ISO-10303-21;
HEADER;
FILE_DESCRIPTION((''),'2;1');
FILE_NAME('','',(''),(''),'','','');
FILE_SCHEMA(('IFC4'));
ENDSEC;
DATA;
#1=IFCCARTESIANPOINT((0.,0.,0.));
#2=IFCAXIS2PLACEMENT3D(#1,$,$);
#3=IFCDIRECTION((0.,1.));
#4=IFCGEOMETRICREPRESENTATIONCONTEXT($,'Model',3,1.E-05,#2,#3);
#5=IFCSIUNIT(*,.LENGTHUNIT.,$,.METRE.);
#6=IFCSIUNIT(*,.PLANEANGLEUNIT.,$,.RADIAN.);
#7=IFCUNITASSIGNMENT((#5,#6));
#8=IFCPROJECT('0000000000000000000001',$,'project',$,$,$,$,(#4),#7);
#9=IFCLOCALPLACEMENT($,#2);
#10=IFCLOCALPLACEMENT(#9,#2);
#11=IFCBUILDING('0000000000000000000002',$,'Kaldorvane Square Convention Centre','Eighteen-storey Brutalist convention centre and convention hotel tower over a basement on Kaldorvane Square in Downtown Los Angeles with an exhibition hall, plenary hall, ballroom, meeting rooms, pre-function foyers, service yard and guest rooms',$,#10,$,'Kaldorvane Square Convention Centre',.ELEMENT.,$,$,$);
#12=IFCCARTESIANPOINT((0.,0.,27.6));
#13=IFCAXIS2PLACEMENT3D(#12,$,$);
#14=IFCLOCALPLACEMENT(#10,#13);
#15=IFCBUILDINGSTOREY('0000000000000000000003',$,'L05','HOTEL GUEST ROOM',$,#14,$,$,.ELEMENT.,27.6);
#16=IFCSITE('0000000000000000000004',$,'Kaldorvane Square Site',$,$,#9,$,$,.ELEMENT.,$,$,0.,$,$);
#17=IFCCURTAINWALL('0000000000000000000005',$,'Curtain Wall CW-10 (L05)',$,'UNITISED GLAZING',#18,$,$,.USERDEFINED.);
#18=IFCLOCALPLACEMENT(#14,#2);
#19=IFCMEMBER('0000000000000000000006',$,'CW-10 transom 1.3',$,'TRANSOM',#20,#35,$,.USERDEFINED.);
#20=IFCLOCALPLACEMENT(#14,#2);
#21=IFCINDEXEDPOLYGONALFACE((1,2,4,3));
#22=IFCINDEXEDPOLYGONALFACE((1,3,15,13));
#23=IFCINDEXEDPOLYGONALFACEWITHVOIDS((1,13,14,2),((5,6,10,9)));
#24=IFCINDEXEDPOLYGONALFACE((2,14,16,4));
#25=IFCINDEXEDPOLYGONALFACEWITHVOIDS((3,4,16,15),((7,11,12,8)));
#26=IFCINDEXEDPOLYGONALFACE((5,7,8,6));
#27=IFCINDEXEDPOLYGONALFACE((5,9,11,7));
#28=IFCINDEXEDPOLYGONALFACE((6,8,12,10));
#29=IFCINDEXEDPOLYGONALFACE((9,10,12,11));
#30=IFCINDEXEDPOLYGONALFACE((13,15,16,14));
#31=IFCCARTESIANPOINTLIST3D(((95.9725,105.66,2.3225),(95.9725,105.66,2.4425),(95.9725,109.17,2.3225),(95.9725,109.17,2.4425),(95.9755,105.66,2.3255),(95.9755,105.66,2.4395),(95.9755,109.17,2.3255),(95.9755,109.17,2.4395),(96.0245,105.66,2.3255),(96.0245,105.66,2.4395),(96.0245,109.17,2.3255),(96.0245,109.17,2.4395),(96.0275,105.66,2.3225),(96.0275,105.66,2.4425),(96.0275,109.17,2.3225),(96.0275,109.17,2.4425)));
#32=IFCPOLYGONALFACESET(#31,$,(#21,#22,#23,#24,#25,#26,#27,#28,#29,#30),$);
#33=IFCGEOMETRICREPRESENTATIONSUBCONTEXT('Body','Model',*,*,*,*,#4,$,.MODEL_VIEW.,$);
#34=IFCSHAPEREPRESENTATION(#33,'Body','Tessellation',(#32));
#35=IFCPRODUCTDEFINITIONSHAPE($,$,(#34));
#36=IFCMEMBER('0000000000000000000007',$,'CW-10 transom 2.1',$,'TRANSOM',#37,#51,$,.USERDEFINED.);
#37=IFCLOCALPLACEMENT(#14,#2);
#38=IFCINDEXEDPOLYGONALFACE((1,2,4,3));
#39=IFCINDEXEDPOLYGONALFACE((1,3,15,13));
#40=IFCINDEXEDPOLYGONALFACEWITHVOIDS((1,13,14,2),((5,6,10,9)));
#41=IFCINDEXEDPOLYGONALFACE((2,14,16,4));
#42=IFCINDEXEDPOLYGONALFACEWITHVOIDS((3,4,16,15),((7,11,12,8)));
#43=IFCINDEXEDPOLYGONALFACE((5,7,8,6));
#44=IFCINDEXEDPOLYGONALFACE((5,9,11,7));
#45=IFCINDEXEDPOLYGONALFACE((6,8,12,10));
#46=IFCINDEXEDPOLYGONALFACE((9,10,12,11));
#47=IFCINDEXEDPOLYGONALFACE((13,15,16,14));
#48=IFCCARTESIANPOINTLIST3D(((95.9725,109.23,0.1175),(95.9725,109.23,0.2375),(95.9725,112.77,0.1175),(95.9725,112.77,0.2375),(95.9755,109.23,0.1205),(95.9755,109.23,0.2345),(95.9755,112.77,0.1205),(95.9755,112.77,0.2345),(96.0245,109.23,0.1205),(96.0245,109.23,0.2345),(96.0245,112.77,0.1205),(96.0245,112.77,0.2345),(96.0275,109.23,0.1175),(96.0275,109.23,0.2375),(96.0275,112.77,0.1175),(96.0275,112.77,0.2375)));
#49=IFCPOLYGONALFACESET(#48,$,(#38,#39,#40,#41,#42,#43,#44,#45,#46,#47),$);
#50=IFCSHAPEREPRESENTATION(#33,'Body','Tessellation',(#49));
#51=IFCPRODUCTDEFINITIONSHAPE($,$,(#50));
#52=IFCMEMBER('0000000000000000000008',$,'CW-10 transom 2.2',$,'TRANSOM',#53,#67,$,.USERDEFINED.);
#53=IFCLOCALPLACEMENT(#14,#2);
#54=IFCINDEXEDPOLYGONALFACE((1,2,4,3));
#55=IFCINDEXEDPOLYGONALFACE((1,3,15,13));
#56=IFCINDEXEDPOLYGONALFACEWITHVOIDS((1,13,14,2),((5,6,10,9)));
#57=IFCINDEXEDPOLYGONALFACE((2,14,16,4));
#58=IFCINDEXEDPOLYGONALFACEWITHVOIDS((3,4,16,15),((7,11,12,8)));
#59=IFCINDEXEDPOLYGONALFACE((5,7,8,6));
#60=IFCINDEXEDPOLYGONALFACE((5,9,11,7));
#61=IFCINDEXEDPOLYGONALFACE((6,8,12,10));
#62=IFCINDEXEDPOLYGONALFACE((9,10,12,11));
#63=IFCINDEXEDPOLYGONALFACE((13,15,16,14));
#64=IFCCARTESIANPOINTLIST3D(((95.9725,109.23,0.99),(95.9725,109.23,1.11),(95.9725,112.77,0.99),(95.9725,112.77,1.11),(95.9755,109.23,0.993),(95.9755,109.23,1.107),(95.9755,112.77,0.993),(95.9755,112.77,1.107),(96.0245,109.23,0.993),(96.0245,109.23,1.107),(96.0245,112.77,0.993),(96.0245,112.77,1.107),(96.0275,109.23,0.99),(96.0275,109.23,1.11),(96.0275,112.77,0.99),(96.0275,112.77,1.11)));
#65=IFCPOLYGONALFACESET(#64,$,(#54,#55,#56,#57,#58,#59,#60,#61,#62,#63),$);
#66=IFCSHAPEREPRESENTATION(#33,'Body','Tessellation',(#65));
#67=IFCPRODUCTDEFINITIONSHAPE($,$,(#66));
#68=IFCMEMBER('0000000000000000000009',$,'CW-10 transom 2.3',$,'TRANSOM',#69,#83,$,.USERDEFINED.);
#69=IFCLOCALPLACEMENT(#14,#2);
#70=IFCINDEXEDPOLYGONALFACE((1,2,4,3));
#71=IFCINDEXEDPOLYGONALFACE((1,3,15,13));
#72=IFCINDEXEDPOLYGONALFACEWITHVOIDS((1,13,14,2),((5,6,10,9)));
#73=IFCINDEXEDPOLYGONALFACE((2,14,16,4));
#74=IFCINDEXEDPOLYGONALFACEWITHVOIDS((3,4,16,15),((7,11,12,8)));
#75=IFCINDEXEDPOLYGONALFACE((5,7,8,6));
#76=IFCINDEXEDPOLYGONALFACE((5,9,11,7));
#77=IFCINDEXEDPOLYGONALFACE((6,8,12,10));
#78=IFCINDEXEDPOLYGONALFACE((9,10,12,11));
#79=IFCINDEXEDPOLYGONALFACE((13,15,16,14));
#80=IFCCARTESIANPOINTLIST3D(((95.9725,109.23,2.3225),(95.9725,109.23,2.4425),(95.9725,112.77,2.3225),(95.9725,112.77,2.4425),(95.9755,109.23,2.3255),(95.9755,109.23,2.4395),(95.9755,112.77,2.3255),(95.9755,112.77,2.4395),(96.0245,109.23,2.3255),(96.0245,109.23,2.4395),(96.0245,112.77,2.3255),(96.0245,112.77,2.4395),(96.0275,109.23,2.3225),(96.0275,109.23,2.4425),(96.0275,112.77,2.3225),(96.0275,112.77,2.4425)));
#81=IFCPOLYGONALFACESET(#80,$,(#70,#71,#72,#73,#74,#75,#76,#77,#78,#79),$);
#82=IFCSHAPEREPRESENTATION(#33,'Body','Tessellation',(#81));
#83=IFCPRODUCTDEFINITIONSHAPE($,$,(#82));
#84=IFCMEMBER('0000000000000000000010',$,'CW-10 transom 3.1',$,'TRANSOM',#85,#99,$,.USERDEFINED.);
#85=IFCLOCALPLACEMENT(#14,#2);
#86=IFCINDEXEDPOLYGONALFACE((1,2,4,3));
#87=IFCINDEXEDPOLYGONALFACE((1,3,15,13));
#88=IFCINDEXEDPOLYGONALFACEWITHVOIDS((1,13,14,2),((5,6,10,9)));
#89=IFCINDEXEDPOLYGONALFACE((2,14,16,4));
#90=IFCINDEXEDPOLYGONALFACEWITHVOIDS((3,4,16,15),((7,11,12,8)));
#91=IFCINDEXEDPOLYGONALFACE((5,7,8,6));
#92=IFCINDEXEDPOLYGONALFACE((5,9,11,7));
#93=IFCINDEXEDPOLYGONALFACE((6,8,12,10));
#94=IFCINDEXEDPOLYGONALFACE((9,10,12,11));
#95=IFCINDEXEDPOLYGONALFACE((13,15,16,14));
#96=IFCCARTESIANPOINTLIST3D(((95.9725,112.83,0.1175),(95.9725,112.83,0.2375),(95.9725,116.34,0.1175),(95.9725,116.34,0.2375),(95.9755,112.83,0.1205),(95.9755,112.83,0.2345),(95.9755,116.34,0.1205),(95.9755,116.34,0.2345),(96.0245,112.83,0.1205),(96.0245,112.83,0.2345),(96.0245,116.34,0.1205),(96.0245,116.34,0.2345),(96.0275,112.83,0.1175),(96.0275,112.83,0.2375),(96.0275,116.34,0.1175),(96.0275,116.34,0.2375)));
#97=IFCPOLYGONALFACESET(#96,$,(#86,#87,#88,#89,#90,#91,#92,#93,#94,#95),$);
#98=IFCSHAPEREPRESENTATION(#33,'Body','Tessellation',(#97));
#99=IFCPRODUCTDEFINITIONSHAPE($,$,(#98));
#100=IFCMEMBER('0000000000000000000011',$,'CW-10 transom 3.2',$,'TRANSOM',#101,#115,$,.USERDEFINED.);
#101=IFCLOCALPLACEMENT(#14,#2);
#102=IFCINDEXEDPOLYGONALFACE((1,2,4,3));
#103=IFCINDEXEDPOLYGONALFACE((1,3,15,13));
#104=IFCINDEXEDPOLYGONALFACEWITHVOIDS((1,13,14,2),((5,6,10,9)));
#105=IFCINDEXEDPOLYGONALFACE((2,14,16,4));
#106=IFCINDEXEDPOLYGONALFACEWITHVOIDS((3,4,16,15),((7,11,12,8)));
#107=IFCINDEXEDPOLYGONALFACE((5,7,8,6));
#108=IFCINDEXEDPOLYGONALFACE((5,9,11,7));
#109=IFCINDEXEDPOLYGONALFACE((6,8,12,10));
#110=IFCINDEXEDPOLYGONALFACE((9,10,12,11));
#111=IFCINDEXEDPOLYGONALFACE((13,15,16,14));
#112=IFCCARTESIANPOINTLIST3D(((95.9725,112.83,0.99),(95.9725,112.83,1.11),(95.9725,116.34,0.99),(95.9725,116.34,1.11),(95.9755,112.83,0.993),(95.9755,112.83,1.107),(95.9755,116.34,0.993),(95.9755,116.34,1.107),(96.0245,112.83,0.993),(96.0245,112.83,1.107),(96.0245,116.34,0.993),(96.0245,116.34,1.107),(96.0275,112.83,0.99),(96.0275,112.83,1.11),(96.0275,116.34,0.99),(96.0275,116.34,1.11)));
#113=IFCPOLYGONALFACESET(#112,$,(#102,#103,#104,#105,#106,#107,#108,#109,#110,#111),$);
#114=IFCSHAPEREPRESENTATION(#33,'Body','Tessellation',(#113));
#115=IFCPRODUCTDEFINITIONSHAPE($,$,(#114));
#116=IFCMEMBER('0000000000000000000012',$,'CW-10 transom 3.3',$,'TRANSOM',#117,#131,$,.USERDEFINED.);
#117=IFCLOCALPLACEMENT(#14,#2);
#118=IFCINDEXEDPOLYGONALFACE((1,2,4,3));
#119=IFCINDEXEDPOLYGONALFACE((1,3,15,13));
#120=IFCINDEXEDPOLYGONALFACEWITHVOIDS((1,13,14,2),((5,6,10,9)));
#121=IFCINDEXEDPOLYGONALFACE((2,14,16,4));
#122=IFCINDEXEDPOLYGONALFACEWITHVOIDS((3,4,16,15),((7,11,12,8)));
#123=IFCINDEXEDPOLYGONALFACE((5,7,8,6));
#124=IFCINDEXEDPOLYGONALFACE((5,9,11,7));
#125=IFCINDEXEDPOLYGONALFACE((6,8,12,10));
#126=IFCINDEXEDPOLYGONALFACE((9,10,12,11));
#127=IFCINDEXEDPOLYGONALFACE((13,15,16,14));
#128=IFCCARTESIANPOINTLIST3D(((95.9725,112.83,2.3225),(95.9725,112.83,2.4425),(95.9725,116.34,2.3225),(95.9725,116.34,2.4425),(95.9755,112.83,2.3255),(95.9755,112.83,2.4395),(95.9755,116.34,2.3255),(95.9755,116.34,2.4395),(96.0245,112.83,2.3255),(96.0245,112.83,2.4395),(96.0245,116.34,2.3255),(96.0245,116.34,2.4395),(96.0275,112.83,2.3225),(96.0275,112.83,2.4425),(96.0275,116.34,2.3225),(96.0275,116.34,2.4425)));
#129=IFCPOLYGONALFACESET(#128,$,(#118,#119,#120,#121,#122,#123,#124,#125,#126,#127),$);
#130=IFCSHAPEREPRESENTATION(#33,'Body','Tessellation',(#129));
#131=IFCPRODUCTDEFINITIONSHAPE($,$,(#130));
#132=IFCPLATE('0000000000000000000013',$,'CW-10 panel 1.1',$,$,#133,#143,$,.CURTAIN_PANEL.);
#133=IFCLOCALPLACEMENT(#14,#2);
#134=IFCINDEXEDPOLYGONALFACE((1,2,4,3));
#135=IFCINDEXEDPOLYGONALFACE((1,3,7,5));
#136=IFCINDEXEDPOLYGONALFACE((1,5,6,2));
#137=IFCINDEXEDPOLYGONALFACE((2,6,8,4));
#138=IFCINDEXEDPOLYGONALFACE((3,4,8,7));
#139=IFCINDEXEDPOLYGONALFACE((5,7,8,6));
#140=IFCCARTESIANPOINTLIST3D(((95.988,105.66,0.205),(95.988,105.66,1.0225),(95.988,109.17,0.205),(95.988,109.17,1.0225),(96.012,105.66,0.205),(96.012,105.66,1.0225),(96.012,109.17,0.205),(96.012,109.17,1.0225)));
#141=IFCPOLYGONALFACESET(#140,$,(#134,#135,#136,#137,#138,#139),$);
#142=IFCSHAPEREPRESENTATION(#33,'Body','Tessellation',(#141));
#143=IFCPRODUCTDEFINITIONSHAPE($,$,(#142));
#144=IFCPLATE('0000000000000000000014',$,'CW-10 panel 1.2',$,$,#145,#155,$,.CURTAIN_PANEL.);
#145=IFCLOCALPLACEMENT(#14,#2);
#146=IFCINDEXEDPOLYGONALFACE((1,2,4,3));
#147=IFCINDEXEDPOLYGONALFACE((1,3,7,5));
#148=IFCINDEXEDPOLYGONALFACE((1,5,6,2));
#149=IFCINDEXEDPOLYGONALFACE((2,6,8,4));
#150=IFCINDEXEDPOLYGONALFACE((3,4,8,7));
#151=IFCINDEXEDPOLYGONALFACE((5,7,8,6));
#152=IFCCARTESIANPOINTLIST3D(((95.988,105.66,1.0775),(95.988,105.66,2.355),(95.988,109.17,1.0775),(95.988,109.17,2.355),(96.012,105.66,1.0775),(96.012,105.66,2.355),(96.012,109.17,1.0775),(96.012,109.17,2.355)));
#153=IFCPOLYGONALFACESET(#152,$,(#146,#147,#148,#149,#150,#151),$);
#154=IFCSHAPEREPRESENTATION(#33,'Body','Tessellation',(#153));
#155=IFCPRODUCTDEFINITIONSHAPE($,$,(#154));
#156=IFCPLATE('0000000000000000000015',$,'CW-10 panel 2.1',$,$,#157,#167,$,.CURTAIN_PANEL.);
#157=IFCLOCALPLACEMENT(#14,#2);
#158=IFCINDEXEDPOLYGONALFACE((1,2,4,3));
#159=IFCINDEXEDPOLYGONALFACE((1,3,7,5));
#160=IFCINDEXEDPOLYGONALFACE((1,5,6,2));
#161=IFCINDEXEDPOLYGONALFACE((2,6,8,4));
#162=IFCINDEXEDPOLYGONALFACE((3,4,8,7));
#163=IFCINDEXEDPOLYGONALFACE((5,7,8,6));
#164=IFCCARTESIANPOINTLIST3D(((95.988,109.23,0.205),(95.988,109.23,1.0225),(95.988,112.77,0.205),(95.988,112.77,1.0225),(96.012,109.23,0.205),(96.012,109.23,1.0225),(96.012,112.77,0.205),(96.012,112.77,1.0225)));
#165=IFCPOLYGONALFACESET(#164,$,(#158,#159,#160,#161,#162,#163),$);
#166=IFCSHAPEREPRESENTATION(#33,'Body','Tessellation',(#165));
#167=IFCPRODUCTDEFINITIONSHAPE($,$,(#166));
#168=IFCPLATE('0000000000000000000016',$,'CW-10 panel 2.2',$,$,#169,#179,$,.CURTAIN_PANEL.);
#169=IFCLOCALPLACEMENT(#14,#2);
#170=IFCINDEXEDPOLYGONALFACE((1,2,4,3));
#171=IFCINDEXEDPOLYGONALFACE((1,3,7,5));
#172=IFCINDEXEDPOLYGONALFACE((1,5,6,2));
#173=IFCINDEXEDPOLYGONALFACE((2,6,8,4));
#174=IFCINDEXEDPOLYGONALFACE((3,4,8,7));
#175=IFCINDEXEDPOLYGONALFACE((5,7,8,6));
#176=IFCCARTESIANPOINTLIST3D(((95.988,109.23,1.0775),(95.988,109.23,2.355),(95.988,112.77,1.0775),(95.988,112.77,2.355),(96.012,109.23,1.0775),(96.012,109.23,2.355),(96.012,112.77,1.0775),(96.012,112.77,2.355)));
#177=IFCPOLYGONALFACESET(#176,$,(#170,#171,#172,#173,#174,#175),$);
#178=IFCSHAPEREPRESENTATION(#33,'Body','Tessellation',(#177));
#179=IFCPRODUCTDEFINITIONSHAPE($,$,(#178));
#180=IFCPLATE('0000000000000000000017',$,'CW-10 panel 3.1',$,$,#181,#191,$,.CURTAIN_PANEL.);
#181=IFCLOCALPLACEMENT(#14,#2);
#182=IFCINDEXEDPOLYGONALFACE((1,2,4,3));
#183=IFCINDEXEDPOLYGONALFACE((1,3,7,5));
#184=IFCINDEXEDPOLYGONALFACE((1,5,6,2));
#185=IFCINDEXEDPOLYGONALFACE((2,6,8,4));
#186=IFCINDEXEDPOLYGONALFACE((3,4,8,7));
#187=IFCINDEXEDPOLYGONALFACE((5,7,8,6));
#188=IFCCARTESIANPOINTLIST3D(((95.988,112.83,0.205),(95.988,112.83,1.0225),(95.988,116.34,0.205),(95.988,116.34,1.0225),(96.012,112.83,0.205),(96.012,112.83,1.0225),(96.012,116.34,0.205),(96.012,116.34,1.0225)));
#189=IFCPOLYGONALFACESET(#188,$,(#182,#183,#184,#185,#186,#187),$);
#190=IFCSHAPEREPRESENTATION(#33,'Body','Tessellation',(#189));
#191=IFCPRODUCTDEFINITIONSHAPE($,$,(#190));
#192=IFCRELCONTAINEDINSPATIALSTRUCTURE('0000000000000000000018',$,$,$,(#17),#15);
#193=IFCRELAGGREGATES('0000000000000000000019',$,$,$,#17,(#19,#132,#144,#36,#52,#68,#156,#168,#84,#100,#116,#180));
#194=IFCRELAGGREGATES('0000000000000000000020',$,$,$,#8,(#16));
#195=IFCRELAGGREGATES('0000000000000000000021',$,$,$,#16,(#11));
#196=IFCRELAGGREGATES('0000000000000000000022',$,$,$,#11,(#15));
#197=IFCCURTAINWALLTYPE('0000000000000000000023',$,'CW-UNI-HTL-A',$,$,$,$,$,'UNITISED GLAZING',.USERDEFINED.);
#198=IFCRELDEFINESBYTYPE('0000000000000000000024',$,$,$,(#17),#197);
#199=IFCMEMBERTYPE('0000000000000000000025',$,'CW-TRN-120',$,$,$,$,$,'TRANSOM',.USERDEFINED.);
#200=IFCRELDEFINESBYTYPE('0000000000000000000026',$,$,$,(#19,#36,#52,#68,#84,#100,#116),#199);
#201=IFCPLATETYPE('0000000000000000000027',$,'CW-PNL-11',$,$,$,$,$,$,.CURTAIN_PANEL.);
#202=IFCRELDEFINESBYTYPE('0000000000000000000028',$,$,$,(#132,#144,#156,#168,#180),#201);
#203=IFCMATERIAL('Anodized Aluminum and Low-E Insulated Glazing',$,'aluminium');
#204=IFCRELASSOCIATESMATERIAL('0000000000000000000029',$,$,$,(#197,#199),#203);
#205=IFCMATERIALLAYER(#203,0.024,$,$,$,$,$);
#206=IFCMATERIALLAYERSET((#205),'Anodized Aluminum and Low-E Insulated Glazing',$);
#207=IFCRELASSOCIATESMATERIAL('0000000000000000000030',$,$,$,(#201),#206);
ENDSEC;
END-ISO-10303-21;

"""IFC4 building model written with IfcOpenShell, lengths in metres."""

from ifc_helpers import new_model, si_unit, direction, frame, origin, origin_2d, place, context, subcontext, project, spatial, rectangle, hollow_rectangle, extrude, material, layer, layer_set, material_profile, profile_set, type_object, element, aggregate, save


model = new_model("IFC4")

# Units and contexts
model_context = context("Model", 3, precision=1e-05, world=origin(), true_north=direction((0.0, 1.0)))
body_context = subcontext(model_context, "Body", "Model", "MODEL_VIEW")
ifc_project = project(units=[si_unit("LENGTHUNIT", "METRE"), si_unit("PLANEANGLEUNIT", "RADIAN")], contexts=[model_context])

# Site, building, storey
site_placement = place(None, origin())
site = spatial("IfcSite", under=ifc_project, at=site_placement, Name="Kaldorvane Square Site", CompositionType="ELEMENT", RefElevation=0.0)
building_placement = place(site_placement, origin())
building = spatial("IfcBuilding", under=site, at=building_placement, Name="Kaldorvane Square Convention Centre", Description="Eighteen-storey Brutalist convention centre and convention hotel tower over a basement on Kaldorvane Square in Downtown Los Angeles with an exhibition hall, plenary hall, ballroom, meeting rooms, pre-function foyers, service yard and guest rooms", LongName="Kaldorvane Square Convention Centre", CompositionType="ELEMENT")
storey_placement = place(building_placement, frame((0.0, 0.0, 27.6)))
storey = spatial("IfcBuildingStorey", under=building, at=storey_placement, Name="L05", Description="HOTEL GUEST ROOM", CompositionType="ELEMENT", Elevation=27.6)

# Curtain wall, members, plates
ifc_material_1 = material(Name="Anodized Aluminum and Low-E Insulated Glazing", Category="aluminium")
curtain_wall_type = type_object("IfcCurtainWallType", Name="CW-UNI-HTL-A", ElementType="UNITISED GLAZING", PredefinedType="USERDEFINED", material=ifc_material_1)
curtain_wall_placement = place(storey_placement, origin())
curtain_wall = element("IfcCurtainWall", 1, at=curtain_wall_placement, inside=storey, type_object=curtain_wall_type, Name="Curtain Wall CW-10 (L05)", ObjectType="UNITISED GLAZING", PredefinedType="USERDEFINED")
ifc_material_profile_1 = material_profile(ifc_material_1, hollow_rectangle(XDim=0.055, YDim=0.12, WallThickness=0.003, at=origin_2d()), Name="CWT-120X55")
ifc_profile_set_1 = profile_set([ifc_material_profile_1], Name="Anodized Aluminum and Low-E Insulated Glazing")
member_type_1 = type_object("IfcMemberType", Name="CW-TRN-120", ElementType="TRANSOM", PredefinedType="USERDEFINED", material=ifc_profile_set_1)
member_1_placement = place(storey_placement, frame((96.0, 105.66, 2.3825), z_axis=(0.0, 1.0, 0.0), x_axis=(-1.0, 0.0, 0.0)))
member_1 = element("IfcMember", 2, at=member_1_placement, type_object=member_type_1, Name="CW-10 transom 1.3", ObjectType="TRANSOM", PredefinedType="USERDEFINED", context=body_context, shape_type="SweptSolid", body=[
    extrude(hollow_rectangle(XDim=0.055, YDim=0.12, WallThickness=0.003, at=origin_2d()), origin(), (0.0, 0.0, 1.0), 3.51),
])
member_2_placement = place(storey_placement, frame((96.0, 109.23, 0.1775), z_axis=(0.0, 1.0, 0.0), x_axis=(-1.0, 0.0, 0.0)))
member_2 = element("IfcMember", 3, at=member_2_placement, type_object=member_type_1, Name="CW-10 transom 2.1", ObjectType="TRANSOM", PredefinedType="USERDEFINED", context=body_context, shape_type="SweptSolid", body=[
    extrude(hollow_rectangle(XDim=0.055, YDim=0.12, WallThickness=0.003, at=origin_2d()), origin(), (0.0, 0.0, 1.0), 3.54),
])
member_3_placement = place(storey_placement, frame((96.0, 109.23, 1.05), z_axis=(0.0, 1.0, 0.0), x_axis=(-1.0, 0.0, 0.0)))
member_3 = element("IfcMember", 4, at=member_3_placement, type_object=member_type_1, Name="CW-10 transom 2.2", ObjectType="TRANSOM", PredefinedType="USERDEFINED", context=body_context, shape_type="SweptSolid", body=[
    extrude(hollow_rectangle(XDim=0.055, YDim=0.12, WallThickness=0.003, at=origin_2d()), origin(), (0.0, 0.0, 1.0), 3.54),
])
member_4_placement = place(storey_placement, frame((96.0, 109.23, 2.3825), z_axis=(0.0, 1.0, 0.0), x_axis=(-1.0, 0.0, 0.0)))
member_4 = element("IfcMember", 5, at=member_4_placement, type_object=member_type_1, Name="CW-10 transom 2.3", ObjectType="TRANSOM", PredefinedType="USERDEFINED", context=body_context, shape_type="SweptSolid", body=[
    extrude(hollow_rectangle(XDim=0.055, YDim=0.12, WallThickness=0.003, at=origin_2d()), origin(), (0.0, 0.0, 1.0), 3.54),
])
member_5_placement = place(storey_placement, frame((96.0, 112.83, 0.1775), z_axis=(0.0, 1.0, 0.0), x_axis=(-1.0, 0.0, 0.0)))
member_5 = element("IfcMember", 6, at=member_5_placement, type_object=member_type_1, Name="CW-10 transom 3.1", ObjectType="TRANSOM", PredefinedType="USERDEFINED", context=body_context, shape_type="SweptSolid", body=[
    extrude(hollow_rectangle(XDim=0.055, YDim=0.12, WallThickness=0.003, at=origin_2d()), origin(), (0.0, 0.0, 1.0), 3.51),
])
member_6_placement = place(storey_placement, frame((96.0, 112.83, 1.05), z_axis=(0.0, 1.0, 0.0), x_axis=(-1.0, 0.0, 0.0)))
member_6 = element("IfcMember", 7, at=member_6_placement, type_object=member_type_1, Name="CW-10 transom 3.2", ObjectType="TRANSOM", PredefinedType="USERDEFINED", context=body_context, shape_type="SweptSolid", body=[
    extrude(hollow_rectangle(XDim=0.055, YDim=0.12, WallThickness=0.003, at=origin_2d()), origin(), (0.0, 0.0, 1.0), 3.51),
])
member_7_placement = place(storey_placement, frame((96.0, 112.83, 2.3825), z_axis=(0.0, 1.0, 0.0), x_axis=(-1.0, 0.0, 0.0)))
member_7 = element("IfcMember", 8, at=member_7_placement, type_object=member_type_1, Name="CW-10 transom 3.3", ObjectType="TRANSOM", PredefinedType="USERDEFINED", context=body_context, shape_type="SweptSolid", body=[
    extrude(hollow_rectangle(XDim=0.055, YDim=0.12, WallThickness=0.003, at=origin_2d()), origin(), (0.0, 0.0, 1.0), 3.51),
])
ifc_layer_1 = layer(ifc_material_1, 0.024)
ifc_layer_set_1 = layer_set([ifc_layer_1], Name="Anodized Aluminum and Low-E Insulated Glazing")
plate_type = type_object("IfcPlateType", Name="CW-PNL-11", PredefinedType="CURTAIN_PANEL", material=ifc_layer_set_1)
plate_1_placement = place(storey_placement, frame((96.0, 107.415, 0.205), z_axis=(0.0, 0.0, 1.0), x_axis=(0.0, 1.0, 0.0)))
plate_1 = element("IfcPlate", 9, at=plate_1_placement, type_object=plate_type, Name="CW-10 panel 1.1", PredefinedType="CURTAIN_PANEL", context=body_context, shape_type="SweptSolid", body=[
    extrude(rectangle(XDim=3.51, YDim=0.024, at=origin_2d()), origin(), (0.0, 0.0, 1.0), 0.8175),
])
plate_2_placement = place(storey_placement, frame((96.0, 107.415, 1.0775), z_axis=(0.0, 0.0, 1.0), x_axis=(0.0, 1.0, 0.0)))
plate_2 = element("IfcPlate", 10, at=plate_2_placement, type_object=plate_type, Name="CW-10 panel 1.2", PredefinedType="CURTAIN_PANEL", context=body_context, shape_type="SweptSolid", body=[
    extrude(rectangle(XDim=3.51, YDim=0.024, at=origin_2d()), origin(), (0.0, 0.0, 1.0), 1.2775),
])
plate_3_placement = place(storey_placement, frame((96.0, 111.0, 0.205), z_axis=(0.0, 0.0, 1.0), x_axis=(0.0, 1.0, 0.0)))
plate_3 = element("IfcPlate", 11, at=plate_3_placement, type_object=plate_type, Name="CW-10 panel 2.1", PredefinedType="CURTAIN_PANEL", context=body_context, shape_type="SweptSolid", body=[
    extrude(rectangle(XDim=3.54, YDim=0.024, at=origin_2d()), origin(), (0.0, 0.0, 1.0), 0.8175),
])
plate_4_placement = place(storey_placement, frame((96.0, 111.0, 1.0775), z_axis=(0.0, 0.0, 1.0), x_axis=(0.0, 1.0, 0.0)))
plate_4 = element("IfcPlate", 12, at=plate_4_placement, type_object=plate_type, Name="CW-10 panel 2.2", PredefinedType="CURTAIN_PANEL", context=body_context, shape_type="SweptSolid", body=[
    extrude(rectangle(XDim=3.54, YDim=0.024, at=origin_2d()), origin(), (0.0, 0.0, 1.0), 1.2775),
])
plate_5_placement = place(storey_placement, frame((96.0, 114.585, 0.205), z_axis=(0.0, 0.0, 1.0), x_axis=(0.0, 1.0, 0.0)))
plate_5 = element("IfcPlate", 13, at=plate_5_placement, type_object=plate_type, Name="CW-10 panel 3.1", PredefinedType="CURTAIN_PANEL", context=body_context, shape_type="SweptSolid", body=[
    extrude(rectangle(XDim=3.51, YDim=0.024, at=origin_2d()), origin(), (0.0, 0.0, 1.0), 0.8175),
])
aggregate(curtain_wall, [member_1, plate_1, plate_2, member_2, member_3, member_4, plate_3, plate_4, member_5, member_6, member_7, plate_5])

save(model, "model.ifc")
